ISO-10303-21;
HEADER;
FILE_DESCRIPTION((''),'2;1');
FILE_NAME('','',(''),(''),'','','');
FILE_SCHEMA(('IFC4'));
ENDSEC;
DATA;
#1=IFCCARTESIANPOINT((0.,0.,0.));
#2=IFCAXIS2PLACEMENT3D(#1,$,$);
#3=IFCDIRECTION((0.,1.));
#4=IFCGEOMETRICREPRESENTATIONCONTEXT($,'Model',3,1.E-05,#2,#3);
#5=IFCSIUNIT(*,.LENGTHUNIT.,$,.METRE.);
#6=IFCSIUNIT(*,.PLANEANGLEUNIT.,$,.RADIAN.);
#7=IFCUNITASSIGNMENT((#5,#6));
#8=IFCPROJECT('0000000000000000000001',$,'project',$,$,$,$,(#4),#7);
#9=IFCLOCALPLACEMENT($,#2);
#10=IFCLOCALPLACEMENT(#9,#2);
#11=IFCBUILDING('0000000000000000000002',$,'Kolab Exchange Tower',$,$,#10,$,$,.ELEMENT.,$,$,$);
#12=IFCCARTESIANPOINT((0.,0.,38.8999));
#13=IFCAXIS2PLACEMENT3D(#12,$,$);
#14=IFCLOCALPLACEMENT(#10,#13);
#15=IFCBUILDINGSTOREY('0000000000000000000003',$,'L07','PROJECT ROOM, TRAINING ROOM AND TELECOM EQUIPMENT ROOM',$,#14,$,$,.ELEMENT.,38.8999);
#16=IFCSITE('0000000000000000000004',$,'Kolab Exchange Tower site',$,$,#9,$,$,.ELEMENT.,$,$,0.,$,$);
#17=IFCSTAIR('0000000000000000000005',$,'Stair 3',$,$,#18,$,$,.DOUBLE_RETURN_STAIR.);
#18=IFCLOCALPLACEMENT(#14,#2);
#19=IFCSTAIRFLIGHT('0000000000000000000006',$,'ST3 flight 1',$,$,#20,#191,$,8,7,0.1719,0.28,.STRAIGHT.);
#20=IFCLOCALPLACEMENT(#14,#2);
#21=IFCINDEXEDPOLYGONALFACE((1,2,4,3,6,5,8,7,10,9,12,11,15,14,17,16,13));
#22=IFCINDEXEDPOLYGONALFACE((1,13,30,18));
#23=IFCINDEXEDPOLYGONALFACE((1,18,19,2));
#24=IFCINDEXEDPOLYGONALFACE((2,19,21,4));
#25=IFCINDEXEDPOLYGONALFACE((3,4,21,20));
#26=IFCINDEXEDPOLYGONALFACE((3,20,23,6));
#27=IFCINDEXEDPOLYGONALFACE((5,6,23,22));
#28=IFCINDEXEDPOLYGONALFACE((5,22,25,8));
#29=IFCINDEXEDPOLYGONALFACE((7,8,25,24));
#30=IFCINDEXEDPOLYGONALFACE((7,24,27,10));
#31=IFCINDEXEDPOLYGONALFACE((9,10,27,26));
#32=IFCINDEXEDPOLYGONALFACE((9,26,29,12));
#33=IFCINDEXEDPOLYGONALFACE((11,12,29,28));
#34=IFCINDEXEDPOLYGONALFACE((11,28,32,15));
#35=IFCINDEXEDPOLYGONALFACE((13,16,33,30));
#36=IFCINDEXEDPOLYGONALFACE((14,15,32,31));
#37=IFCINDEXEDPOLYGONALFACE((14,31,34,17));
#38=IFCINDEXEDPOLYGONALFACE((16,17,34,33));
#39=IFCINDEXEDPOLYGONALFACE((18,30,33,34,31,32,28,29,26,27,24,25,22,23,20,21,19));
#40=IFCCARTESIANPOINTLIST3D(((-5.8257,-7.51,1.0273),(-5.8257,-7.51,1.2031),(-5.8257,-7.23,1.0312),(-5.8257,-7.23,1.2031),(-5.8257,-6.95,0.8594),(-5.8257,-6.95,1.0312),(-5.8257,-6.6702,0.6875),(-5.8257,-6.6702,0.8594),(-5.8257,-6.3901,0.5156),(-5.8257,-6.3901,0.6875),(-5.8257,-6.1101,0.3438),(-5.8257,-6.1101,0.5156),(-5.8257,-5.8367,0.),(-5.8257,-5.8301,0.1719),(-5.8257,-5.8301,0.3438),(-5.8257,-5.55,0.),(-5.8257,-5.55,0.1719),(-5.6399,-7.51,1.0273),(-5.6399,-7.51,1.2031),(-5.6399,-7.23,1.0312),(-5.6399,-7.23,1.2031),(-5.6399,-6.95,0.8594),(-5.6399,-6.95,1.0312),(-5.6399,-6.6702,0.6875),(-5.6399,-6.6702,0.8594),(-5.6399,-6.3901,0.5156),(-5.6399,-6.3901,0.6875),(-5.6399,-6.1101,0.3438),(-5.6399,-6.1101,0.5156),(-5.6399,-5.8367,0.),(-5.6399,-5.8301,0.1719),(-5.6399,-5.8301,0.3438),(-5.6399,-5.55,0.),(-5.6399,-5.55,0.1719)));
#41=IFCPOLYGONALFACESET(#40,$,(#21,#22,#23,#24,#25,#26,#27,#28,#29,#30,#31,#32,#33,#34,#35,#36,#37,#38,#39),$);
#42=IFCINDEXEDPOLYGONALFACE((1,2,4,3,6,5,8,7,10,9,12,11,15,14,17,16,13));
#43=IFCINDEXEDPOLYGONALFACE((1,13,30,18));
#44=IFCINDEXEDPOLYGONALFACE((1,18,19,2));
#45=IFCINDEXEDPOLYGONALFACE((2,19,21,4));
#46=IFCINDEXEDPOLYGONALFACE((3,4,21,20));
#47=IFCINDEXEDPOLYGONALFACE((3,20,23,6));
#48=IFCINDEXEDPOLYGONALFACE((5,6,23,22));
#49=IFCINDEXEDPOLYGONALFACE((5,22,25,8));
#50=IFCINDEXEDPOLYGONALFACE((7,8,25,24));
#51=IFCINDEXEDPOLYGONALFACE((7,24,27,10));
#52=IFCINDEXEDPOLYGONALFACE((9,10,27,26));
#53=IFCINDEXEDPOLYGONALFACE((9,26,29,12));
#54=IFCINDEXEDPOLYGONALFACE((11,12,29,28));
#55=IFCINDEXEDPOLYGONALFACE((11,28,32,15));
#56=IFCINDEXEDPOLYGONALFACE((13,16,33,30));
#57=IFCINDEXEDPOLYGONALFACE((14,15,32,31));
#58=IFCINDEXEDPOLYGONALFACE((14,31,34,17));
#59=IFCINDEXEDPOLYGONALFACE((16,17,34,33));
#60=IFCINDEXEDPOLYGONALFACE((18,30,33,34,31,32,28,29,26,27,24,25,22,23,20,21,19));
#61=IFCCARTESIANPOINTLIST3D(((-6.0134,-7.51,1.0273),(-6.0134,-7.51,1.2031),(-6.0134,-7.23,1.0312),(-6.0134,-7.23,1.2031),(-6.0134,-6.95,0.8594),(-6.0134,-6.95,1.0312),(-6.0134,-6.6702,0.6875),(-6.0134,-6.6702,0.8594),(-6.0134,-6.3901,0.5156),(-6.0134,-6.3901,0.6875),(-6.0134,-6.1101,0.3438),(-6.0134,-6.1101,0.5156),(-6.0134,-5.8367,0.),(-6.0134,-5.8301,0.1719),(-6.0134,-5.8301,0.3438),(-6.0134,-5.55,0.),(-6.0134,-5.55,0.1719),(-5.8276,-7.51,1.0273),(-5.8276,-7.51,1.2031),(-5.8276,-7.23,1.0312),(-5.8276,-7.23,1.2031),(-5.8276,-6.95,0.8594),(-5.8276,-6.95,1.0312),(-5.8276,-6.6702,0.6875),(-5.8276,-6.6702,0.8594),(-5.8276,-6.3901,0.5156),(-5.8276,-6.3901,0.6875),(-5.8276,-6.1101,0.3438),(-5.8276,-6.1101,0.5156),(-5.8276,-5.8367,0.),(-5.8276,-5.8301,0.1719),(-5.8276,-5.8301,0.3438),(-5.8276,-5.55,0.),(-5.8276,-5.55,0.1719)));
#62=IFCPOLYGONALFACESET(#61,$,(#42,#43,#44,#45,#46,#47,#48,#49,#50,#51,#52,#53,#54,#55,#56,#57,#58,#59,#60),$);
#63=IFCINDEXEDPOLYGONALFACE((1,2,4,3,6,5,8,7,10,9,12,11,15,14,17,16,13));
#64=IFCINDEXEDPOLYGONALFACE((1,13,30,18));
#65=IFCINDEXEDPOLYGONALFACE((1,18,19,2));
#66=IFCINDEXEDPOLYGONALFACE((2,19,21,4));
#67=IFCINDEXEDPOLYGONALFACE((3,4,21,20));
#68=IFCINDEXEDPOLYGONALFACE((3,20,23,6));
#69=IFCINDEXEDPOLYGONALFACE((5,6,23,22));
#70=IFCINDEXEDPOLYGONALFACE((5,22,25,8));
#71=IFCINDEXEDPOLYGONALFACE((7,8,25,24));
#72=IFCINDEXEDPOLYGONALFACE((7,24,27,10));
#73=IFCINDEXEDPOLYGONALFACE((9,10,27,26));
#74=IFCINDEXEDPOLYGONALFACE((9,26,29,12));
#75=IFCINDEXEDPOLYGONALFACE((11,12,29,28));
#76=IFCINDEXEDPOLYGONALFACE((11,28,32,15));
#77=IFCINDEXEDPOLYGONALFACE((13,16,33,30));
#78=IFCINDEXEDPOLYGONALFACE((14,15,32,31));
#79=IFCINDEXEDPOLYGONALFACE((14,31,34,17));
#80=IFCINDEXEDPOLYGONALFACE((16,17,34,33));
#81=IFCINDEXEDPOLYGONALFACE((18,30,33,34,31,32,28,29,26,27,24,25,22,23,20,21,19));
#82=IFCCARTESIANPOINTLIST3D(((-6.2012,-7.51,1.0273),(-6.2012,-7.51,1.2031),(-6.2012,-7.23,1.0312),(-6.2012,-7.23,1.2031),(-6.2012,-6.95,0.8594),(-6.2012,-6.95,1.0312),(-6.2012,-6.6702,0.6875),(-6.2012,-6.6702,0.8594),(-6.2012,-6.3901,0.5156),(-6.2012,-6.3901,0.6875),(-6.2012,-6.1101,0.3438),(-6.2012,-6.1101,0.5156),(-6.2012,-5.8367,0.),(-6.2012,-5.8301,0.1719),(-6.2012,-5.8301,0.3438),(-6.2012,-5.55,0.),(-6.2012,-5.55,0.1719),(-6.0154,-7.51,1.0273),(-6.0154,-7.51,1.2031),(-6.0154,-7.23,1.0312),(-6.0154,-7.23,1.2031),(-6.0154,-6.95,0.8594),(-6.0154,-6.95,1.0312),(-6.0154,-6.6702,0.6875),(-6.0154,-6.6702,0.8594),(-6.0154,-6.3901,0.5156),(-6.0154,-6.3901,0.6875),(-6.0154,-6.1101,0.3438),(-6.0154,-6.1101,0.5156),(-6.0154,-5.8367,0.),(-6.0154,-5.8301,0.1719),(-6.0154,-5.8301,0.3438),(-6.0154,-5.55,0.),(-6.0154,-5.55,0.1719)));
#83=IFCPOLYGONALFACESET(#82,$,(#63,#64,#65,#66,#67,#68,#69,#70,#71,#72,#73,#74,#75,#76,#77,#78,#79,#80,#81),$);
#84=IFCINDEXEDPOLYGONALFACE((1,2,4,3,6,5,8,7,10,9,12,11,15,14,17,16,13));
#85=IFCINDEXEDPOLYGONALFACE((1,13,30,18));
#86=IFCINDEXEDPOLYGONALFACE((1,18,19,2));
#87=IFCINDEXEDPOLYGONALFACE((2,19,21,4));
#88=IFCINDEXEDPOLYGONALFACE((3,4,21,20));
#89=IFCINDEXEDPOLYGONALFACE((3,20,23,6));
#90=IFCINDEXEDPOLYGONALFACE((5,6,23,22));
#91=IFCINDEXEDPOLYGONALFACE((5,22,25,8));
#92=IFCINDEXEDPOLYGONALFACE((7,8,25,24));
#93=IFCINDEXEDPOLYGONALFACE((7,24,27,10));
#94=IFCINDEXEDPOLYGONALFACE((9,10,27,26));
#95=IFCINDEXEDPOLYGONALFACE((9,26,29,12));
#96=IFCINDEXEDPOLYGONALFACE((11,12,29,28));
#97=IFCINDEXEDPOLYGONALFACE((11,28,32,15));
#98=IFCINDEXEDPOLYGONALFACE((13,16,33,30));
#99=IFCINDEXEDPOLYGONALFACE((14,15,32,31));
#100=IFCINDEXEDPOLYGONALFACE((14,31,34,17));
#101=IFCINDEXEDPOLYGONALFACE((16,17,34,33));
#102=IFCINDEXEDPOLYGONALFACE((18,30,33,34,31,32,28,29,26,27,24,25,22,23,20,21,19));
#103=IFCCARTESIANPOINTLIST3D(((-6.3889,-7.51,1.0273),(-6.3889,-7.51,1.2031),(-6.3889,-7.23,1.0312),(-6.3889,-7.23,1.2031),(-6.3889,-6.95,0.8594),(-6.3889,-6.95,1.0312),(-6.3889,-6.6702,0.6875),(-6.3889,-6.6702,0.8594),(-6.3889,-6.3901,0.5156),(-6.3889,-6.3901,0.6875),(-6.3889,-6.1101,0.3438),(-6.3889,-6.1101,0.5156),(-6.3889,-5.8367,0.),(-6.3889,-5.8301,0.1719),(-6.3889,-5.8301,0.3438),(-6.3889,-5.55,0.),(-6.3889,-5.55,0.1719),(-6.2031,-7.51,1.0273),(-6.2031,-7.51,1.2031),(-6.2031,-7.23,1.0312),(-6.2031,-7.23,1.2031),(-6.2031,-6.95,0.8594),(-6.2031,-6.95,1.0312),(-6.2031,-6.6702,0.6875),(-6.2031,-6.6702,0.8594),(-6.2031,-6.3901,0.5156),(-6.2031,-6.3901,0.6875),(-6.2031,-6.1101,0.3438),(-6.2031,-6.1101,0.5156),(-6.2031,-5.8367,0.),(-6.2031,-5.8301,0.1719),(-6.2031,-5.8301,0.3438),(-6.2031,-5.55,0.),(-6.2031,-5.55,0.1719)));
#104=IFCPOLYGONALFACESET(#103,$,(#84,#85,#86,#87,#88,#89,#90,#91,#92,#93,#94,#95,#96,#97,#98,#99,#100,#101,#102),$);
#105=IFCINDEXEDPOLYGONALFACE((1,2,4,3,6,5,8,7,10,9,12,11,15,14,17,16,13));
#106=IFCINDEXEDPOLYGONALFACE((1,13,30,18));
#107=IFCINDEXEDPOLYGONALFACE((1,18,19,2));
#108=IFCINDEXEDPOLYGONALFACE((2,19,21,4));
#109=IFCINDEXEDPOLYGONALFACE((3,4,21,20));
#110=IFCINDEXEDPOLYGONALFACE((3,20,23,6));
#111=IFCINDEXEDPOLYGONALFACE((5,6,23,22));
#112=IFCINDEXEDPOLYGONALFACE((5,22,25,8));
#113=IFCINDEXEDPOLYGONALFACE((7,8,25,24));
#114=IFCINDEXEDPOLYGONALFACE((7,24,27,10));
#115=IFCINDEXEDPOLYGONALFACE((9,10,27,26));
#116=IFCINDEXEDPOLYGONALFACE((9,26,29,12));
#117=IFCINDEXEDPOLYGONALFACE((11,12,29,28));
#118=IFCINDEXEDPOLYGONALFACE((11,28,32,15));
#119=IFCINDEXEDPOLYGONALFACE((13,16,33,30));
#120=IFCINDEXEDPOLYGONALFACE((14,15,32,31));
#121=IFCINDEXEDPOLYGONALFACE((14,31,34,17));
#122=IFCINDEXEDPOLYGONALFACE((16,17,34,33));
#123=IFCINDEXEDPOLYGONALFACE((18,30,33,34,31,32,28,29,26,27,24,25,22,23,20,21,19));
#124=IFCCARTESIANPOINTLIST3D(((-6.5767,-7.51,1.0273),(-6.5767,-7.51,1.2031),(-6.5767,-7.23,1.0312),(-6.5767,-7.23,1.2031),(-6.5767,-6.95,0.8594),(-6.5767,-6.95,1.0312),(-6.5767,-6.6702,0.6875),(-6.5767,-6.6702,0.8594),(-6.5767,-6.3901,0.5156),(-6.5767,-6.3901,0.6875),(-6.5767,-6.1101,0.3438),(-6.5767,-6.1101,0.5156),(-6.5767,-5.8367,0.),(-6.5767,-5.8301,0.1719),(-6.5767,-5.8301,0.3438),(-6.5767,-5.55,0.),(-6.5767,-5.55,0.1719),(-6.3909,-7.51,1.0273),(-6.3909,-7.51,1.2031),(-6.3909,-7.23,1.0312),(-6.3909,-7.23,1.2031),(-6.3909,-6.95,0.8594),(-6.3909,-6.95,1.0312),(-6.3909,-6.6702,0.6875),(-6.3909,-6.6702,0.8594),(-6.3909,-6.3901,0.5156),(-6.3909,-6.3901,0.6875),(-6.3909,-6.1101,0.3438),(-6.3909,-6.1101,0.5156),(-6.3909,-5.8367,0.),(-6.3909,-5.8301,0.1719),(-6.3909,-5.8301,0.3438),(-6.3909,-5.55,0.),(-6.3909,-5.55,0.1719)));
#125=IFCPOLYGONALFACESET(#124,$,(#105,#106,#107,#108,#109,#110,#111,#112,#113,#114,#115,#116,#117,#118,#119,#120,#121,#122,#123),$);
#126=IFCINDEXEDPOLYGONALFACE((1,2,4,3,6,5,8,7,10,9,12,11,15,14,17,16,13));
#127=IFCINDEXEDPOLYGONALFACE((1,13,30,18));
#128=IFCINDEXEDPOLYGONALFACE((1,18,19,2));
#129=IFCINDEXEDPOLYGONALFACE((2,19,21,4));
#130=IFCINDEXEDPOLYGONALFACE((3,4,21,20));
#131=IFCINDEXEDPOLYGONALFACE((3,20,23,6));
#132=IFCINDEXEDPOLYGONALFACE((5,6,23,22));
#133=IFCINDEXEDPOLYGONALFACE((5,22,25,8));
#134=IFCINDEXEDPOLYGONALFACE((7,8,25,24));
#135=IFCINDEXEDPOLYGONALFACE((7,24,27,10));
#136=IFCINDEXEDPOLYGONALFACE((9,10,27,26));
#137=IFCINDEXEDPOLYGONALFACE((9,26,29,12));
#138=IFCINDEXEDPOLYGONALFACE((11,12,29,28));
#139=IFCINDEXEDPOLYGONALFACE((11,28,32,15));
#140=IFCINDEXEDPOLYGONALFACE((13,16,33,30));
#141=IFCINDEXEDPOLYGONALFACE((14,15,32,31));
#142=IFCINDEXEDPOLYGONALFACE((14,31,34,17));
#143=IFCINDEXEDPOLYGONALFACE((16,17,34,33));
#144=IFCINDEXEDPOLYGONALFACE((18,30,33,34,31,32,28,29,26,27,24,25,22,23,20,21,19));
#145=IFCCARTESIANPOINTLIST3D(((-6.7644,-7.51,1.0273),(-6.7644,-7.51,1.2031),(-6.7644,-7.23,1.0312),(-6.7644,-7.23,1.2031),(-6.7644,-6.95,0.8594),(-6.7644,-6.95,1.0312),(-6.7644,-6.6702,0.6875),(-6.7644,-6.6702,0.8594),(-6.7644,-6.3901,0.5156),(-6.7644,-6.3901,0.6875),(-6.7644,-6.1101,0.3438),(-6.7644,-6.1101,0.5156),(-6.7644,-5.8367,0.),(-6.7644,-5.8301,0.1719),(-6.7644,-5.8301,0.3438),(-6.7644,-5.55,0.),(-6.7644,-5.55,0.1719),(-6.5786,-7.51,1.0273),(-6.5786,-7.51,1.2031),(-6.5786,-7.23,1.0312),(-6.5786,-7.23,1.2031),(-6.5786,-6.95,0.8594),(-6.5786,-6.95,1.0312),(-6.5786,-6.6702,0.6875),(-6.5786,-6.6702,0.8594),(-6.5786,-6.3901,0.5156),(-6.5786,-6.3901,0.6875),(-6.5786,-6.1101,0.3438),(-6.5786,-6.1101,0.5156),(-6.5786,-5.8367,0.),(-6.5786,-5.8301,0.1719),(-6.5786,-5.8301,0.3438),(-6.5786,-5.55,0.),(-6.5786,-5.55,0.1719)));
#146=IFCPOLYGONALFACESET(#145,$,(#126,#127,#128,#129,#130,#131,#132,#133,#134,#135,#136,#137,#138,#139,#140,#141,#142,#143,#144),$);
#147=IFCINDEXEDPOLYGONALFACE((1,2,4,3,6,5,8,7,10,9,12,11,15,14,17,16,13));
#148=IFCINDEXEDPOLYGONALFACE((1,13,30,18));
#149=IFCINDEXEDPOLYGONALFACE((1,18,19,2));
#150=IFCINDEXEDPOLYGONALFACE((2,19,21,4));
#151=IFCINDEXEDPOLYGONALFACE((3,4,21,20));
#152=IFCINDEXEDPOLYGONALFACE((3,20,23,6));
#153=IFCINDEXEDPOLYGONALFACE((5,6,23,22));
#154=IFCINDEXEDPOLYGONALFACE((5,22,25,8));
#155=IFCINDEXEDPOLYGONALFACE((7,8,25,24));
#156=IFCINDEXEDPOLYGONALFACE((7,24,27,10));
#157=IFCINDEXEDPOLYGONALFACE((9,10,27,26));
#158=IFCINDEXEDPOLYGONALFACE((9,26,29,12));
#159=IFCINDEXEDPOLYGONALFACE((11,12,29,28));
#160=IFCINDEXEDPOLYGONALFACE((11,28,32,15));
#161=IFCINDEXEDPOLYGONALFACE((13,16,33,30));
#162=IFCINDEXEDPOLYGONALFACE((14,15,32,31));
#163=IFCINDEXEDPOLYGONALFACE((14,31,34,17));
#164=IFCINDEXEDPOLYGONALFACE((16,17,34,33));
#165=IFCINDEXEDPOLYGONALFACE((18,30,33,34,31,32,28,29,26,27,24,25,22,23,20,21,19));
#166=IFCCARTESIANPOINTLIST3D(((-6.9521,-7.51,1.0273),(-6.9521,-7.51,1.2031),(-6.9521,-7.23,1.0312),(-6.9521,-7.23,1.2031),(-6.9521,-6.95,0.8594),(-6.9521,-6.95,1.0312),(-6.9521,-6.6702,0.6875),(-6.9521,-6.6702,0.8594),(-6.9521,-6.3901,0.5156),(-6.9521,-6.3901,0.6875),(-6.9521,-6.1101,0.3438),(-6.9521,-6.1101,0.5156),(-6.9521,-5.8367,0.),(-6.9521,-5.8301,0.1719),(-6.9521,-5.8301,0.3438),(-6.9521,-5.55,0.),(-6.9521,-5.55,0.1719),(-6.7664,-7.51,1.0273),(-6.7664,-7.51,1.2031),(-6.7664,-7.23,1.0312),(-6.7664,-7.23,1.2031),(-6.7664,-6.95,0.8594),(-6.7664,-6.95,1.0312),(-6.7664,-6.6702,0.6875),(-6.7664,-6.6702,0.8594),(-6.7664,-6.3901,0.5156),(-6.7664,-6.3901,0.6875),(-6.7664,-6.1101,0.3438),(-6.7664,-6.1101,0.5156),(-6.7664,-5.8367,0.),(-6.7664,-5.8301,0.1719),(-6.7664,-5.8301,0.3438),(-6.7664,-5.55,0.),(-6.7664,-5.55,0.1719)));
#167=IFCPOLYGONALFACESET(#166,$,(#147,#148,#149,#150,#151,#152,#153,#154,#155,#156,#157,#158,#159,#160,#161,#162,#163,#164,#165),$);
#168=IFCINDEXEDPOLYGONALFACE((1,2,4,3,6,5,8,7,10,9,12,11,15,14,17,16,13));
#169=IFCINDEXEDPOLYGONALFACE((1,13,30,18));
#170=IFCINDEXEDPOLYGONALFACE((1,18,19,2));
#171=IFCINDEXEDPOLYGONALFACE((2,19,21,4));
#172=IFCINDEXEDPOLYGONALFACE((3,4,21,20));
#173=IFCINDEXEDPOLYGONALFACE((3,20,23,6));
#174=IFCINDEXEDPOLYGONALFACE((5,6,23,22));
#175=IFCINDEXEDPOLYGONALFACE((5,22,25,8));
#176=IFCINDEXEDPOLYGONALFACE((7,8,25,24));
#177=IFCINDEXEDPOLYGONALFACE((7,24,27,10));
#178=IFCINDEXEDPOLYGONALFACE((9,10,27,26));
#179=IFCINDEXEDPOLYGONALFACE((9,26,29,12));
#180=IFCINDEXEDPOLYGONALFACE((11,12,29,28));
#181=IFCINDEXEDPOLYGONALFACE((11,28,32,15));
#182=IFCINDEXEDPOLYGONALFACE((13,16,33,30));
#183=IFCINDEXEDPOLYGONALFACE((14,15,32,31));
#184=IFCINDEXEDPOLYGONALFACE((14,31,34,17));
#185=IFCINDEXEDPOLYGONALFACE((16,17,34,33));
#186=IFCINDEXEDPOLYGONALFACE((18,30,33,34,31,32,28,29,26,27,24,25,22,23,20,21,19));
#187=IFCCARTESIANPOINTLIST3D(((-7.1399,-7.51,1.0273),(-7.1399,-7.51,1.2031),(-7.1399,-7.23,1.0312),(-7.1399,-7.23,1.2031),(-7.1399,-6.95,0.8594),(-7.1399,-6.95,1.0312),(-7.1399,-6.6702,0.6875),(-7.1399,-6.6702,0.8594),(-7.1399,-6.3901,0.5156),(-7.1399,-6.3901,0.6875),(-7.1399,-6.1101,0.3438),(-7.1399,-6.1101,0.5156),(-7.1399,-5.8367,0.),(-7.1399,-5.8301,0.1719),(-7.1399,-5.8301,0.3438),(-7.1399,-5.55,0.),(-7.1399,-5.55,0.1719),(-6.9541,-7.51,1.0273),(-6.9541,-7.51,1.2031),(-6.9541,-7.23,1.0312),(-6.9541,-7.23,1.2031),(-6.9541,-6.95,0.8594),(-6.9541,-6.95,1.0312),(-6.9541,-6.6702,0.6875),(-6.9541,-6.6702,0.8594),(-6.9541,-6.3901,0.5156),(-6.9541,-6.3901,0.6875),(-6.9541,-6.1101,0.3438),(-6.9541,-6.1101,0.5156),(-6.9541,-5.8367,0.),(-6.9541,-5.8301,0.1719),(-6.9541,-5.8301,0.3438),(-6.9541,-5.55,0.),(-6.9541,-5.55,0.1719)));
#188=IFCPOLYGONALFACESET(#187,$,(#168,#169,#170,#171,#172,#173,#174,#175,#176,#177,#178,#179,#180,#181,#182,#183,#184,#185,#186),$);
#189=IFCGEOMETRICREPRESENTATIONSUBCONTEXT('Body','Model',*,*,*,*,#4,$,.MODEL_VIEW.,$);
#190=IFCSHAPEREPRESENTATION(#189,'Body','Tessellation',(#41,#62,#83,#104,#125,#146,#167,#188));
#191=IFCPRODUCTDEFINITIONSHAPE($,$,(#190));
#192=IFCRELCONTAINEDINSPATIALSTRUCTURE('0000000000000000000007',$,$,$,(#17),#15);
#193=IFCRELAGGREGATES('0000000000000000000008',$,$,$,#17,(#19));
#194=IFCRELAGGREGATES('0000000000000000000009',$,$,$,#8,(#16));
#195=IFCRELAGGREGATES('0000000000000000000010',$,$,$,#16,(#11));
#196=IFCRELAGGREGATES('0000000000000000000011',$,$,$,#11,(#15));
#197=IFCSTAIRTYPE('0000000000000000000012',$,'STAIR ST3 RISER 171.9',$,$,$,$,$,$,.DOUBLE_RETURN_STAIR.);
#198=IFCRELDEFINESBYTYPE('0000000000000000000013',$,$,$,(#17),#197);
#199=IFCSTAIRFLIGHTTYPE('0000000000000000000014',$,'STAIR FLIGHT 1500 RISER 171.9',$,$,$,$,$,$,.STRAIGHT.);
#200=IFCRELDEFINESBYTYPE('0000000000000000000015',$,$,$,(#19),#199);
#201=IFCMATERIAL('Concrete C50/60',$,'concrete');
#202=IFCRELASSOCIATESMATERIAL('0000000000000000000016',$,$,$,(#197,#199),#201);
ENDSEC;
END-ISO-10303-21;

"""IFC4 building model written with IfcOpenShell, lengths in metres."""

from ifc_helpers import new_model, si_unit, direction, frame, origin, place, context, subcontext, project, spatial, polyline, outline, extrude, material, type_object, element, aggregate, save


model = new_model("IFC4")

# Units and contexts
model_context = context("Model", 3, precision=1e-05, world=origin(), true_north=direction((0.0, 1.0)))
body_context = subcontext(model_context, "Body", "Model", "MODEL_VIEW")
ifc_project = project(units=[si_unit("LENGTHUNIT", "METRE"), si_unit("PLANEANGLEUNIT", "RADIAN")], contexts=[model_context])

# Site, building, storey
site_placement = place(None, origin())
site = spatial("IfcSite", under=ifc_project, at=site_placement, Name="Kolab Exchange Tower site", CompositionType="ELEMENT", RefElevation=0.0)
building_placement = place(site_placement, origin())
building = spatial("IfcBuilding", under=site, at=building_placement, Name="Kolab Exchange Tower", CompositionType="ELEMENT")
storey_placement = place(building_placement, frame((0.0, 0.0, 38.8999)))
storey = spatial("IfcBuildingStorey", under=building, at=storey_placement, Name="L07", Description="PROJECT ROOM, TRAINING ROOM AND TELECOM EQUIPMENT ROOM", CompositionType="ELEMENT", Elevation=38.8999)

# Shared definitions
ifc_material_1 = material(Name="Concrete C50/60", Category="concrete")

# Stair, stair flight
stair_type = type_object("IfcStairType", Name="STAIR ST3 RISER 171.9", PredefinedType="DOUBLE_RETURN_STAIR", material=ifc_material_1)
stair_placement = place(storey_placement, origin())
stair = element("IfcStair", 1, at=stair_placement, inside=storey, type_object=stair_type, Name="Stair 3", PredefinedType="DOUBLE_RETURN_STAIR")
stair_flight_type = type_object("IfcStairFlightType", Name="STAIR FLIGHT 1500 RISER 171.9", PredefinedType="STRAIGHT", material=ifc_material_1)
stair_flight_1_placement = place(storey_placement, frame((-6.3899, -5.55, 0.0), z_axis=(0.0, 0.0, 1.0), x_axis=(0.0, -1.0, 0.0)))
stair_flight_1 = element("IfcStairFlight", 2, at=stair_flight_1_placement, type_object=stair_flight_type, Name="ST3 flight 1", NumberOfRisers=8, NumberOfTreads=7, PredefinedType="STRAIGHT", RiserHeight=0.1719, TreadLength=0.28, context=body_context, shape_type="SweptSolid", body=[
    extrude(outline(polyline([(0.0, 0.0), (0.0, 0.1719), (0.28, 0.1719), (0.28, 0.3438), (0.5601, 0.3438), (0.5601, 0.5156), (0.8401, 0.5156), (0.8401, 0.6875), (1.1201, 0.6875), (1.1201, 0.8594), (1.3999, 0.8594), (1.3999, 1.0312), (1.6799, 1.0312), (1.6799, 1.2031), (1.96, 1.2031), (1.96, 1.375), (1.96, 1.0273), (0.2866, 0.0), (0.0, 0.0)])), frame((0.0, 0.75, 0.0), z_axis=(0.0, -1.0, 0.0), x_axis=(1.0, 0.0, 0.0)), (0.0, 0.0, 1.0), 0.1858),
    extrude(outline(polyline([(0.0, 0.0), (0.0, 0.1719), (0.28, 0.1719), (0.28, 0.3438), (0.5601, 0.3438), (0.5601, 0.5156), (0.8401, 0.5156), (0.8401, 0.6875), (1.1201, 0.6875), (1.1201, 0.8594), (1.3999, 0.8594), (1.3999, 1.0312), (1.6799, 1.0312), (1.6799, 1.2031), (1.96, 1.2031), (1.96, 1.375), (1.96, 1.0273), (0.2866, 0.0), (0.0, 0.0)])), frame((0.0, 0.5623, 0.0), z_axis=(0.0, -1.0, 0.0), x_axis=(1.0, 0.0, 0.0)), (0.0, 0.0, 1.0), 0.1858),
    extrude(outline(polyline([(0.0, 0.0), (0.0, 0.1719), (0.28, 0.1719), (0.28, 0.3438), (0.5601, 0.3438), (0.5601, 0.5156), (0.8401, 0.5156), (0.8401, 0.6875), (1.1201, 0.6875), (1.1201, 0.8594), (1.3999, 0.8594), (1.3999, 1.0312), (1.6799, 1.0312), (1.6799, 1.2031), (1.96, 1.2031), (1.96, 1.375), (1.96, 1.0273), (0.2866, 0.0), (0.0, 0.0)])), frame((0.0, 0.3745, 0.0), z_axis=(0.0, -1.0, 0.0), x_axis=(1.0, 0.0, 0.0)), (0.0, 0.0, 1.0), 0.1858),
    extrude(outline(polyline([(0.0, 0.0), (0.0, 0.1719), (0.28, 0.1719), (0.28, 0.3438), (0.5601, 0.3438), (0.5601, 0.5156), (0.8401, 0.5156), (0.8401, 0.6875), (1.1201, 0.6875), (1.1201, 0.8594), (1.3999, 0.8594), (1.3999, 1.0312), (1.6799, 1.0312), (1.6799, 1.2031), (1.96, 1.2031), (1.96, 1.375), (1.96, 1.0273), (0.2866, 0.0), (0.0, 0.0)])), frame((0.0, 0.1868, 0.0), z_axis=(0.0, -1.0, 0.0), x_axis=(1.0, 0.0, 0.0)), (0.0, 0.0, 1.0), 0.1858),
    extrude(outline(polyline([(0.0, 0.0), (0.0, 0.1719), (0.28, 0.1719), (0.28, 0.3438), (0.5601, 0.3438), (0.5601, 0.5156), (0.8401, 0.5156), (0.8401, 0.6875), (1.1201, 0.6875), (1.1201, 0.8594), (1.3999, 0.8594), (1.3999, 1.0312), (1.6799, 1.0312), (1.6799, 1.2031), (1.96, 1.2031), (1.96, 1.375), (1.96, 1.0273), (0.2866, 0.0), (0.0, 0.0)])), frame((0.0, -0.001, 0.0), z_axis=(0.0, -1.0, 0.0), x_axis=(1.0, 0.0, 0.0)), (0.0, 0.0, 1.0), 0.1858),
    extrude(outline(polyline([(0.0, 0.0), (0.0, 0.1719), (0.28, 0.1719), (0.28, 0.3438), (0.5601, 0.3438), (0.5601, 0.5156), (0.8401, 0.5156), (0.8401, 0.6875), (1.1201, 0.6875), (1.1201, 0.8594), (1.3999, 0.8594), (1.3999, 1.0312), (1.6799, 1.0312), (1.6799, 1.2031), (1.96, 1.2031), (1.96, 1.375), (1.96, 1.0273), (0.2866, 0.0), (0.0, 0.0)])), frame((0.0, -0.1887, 0.0), z_axis=(0.0, -1.0, 0.0), x_axis=(1.0, 0.0, 0.0)), (0.0, 0.0, 1.0), 0.1858),
    extrude(outline(polyline([(0.0, 0.0), (0.0, 0.1719), (0.28, 0.1719), (0.28, 0.3438), (0.5601, 0.3438), (0.5601, 0.5156), (0.8401, 0.5156), (0.8401, 0.6875), (1.1201, 0.6875), (1.1201, 0.8594), (1.3999, 0.8594), (1.3999, 1.0312), (1.6799, 1.0312), (1.6799, 1.2031), (1.96, 1.2031), (1.96, 1.375), (1.96, 1.0273), (0.2866, 0.0), (0.0, 0.0)])), frame((0.0, -0.3765, 0.0), z_axis=(0.0, -1.0, 0.0), x_axis=(1.0, 0.0, 0.0)), (0.0, 0.0, 1.0), 0.1858),
    extrude(outline(polyline([(0.0, 0.0), (0.0, 0.1719), (0.28, 0.1719), (0.28, 0.3438), (0.5601, 0.3438), (0.5601, 0.5156), (0.8401, 0.5156), (0.8401, 0.6875), (1.1201, 0.6875), (1.1201, 0.8594), (1.3999, 0.8594), (1.3999, 1.0312), (1.6799, 1.0312), (1.6799, 1.2031), (1.96, 1.2031), (1.96, 1.375), (1.96, 1.0273), (0.2866, 0.0), (0.0, 0.0)])), frame((0.0, -0.5642, 0.0), z_axis=(0.0, -1.0, 0.0), x_axis=(1.0, 0.0, 0.0)), (0.0, 0.0, 1.0), 0.1858),
])
aggregate(stair, [stair_flight_1])

save(model, "model.ifc")
